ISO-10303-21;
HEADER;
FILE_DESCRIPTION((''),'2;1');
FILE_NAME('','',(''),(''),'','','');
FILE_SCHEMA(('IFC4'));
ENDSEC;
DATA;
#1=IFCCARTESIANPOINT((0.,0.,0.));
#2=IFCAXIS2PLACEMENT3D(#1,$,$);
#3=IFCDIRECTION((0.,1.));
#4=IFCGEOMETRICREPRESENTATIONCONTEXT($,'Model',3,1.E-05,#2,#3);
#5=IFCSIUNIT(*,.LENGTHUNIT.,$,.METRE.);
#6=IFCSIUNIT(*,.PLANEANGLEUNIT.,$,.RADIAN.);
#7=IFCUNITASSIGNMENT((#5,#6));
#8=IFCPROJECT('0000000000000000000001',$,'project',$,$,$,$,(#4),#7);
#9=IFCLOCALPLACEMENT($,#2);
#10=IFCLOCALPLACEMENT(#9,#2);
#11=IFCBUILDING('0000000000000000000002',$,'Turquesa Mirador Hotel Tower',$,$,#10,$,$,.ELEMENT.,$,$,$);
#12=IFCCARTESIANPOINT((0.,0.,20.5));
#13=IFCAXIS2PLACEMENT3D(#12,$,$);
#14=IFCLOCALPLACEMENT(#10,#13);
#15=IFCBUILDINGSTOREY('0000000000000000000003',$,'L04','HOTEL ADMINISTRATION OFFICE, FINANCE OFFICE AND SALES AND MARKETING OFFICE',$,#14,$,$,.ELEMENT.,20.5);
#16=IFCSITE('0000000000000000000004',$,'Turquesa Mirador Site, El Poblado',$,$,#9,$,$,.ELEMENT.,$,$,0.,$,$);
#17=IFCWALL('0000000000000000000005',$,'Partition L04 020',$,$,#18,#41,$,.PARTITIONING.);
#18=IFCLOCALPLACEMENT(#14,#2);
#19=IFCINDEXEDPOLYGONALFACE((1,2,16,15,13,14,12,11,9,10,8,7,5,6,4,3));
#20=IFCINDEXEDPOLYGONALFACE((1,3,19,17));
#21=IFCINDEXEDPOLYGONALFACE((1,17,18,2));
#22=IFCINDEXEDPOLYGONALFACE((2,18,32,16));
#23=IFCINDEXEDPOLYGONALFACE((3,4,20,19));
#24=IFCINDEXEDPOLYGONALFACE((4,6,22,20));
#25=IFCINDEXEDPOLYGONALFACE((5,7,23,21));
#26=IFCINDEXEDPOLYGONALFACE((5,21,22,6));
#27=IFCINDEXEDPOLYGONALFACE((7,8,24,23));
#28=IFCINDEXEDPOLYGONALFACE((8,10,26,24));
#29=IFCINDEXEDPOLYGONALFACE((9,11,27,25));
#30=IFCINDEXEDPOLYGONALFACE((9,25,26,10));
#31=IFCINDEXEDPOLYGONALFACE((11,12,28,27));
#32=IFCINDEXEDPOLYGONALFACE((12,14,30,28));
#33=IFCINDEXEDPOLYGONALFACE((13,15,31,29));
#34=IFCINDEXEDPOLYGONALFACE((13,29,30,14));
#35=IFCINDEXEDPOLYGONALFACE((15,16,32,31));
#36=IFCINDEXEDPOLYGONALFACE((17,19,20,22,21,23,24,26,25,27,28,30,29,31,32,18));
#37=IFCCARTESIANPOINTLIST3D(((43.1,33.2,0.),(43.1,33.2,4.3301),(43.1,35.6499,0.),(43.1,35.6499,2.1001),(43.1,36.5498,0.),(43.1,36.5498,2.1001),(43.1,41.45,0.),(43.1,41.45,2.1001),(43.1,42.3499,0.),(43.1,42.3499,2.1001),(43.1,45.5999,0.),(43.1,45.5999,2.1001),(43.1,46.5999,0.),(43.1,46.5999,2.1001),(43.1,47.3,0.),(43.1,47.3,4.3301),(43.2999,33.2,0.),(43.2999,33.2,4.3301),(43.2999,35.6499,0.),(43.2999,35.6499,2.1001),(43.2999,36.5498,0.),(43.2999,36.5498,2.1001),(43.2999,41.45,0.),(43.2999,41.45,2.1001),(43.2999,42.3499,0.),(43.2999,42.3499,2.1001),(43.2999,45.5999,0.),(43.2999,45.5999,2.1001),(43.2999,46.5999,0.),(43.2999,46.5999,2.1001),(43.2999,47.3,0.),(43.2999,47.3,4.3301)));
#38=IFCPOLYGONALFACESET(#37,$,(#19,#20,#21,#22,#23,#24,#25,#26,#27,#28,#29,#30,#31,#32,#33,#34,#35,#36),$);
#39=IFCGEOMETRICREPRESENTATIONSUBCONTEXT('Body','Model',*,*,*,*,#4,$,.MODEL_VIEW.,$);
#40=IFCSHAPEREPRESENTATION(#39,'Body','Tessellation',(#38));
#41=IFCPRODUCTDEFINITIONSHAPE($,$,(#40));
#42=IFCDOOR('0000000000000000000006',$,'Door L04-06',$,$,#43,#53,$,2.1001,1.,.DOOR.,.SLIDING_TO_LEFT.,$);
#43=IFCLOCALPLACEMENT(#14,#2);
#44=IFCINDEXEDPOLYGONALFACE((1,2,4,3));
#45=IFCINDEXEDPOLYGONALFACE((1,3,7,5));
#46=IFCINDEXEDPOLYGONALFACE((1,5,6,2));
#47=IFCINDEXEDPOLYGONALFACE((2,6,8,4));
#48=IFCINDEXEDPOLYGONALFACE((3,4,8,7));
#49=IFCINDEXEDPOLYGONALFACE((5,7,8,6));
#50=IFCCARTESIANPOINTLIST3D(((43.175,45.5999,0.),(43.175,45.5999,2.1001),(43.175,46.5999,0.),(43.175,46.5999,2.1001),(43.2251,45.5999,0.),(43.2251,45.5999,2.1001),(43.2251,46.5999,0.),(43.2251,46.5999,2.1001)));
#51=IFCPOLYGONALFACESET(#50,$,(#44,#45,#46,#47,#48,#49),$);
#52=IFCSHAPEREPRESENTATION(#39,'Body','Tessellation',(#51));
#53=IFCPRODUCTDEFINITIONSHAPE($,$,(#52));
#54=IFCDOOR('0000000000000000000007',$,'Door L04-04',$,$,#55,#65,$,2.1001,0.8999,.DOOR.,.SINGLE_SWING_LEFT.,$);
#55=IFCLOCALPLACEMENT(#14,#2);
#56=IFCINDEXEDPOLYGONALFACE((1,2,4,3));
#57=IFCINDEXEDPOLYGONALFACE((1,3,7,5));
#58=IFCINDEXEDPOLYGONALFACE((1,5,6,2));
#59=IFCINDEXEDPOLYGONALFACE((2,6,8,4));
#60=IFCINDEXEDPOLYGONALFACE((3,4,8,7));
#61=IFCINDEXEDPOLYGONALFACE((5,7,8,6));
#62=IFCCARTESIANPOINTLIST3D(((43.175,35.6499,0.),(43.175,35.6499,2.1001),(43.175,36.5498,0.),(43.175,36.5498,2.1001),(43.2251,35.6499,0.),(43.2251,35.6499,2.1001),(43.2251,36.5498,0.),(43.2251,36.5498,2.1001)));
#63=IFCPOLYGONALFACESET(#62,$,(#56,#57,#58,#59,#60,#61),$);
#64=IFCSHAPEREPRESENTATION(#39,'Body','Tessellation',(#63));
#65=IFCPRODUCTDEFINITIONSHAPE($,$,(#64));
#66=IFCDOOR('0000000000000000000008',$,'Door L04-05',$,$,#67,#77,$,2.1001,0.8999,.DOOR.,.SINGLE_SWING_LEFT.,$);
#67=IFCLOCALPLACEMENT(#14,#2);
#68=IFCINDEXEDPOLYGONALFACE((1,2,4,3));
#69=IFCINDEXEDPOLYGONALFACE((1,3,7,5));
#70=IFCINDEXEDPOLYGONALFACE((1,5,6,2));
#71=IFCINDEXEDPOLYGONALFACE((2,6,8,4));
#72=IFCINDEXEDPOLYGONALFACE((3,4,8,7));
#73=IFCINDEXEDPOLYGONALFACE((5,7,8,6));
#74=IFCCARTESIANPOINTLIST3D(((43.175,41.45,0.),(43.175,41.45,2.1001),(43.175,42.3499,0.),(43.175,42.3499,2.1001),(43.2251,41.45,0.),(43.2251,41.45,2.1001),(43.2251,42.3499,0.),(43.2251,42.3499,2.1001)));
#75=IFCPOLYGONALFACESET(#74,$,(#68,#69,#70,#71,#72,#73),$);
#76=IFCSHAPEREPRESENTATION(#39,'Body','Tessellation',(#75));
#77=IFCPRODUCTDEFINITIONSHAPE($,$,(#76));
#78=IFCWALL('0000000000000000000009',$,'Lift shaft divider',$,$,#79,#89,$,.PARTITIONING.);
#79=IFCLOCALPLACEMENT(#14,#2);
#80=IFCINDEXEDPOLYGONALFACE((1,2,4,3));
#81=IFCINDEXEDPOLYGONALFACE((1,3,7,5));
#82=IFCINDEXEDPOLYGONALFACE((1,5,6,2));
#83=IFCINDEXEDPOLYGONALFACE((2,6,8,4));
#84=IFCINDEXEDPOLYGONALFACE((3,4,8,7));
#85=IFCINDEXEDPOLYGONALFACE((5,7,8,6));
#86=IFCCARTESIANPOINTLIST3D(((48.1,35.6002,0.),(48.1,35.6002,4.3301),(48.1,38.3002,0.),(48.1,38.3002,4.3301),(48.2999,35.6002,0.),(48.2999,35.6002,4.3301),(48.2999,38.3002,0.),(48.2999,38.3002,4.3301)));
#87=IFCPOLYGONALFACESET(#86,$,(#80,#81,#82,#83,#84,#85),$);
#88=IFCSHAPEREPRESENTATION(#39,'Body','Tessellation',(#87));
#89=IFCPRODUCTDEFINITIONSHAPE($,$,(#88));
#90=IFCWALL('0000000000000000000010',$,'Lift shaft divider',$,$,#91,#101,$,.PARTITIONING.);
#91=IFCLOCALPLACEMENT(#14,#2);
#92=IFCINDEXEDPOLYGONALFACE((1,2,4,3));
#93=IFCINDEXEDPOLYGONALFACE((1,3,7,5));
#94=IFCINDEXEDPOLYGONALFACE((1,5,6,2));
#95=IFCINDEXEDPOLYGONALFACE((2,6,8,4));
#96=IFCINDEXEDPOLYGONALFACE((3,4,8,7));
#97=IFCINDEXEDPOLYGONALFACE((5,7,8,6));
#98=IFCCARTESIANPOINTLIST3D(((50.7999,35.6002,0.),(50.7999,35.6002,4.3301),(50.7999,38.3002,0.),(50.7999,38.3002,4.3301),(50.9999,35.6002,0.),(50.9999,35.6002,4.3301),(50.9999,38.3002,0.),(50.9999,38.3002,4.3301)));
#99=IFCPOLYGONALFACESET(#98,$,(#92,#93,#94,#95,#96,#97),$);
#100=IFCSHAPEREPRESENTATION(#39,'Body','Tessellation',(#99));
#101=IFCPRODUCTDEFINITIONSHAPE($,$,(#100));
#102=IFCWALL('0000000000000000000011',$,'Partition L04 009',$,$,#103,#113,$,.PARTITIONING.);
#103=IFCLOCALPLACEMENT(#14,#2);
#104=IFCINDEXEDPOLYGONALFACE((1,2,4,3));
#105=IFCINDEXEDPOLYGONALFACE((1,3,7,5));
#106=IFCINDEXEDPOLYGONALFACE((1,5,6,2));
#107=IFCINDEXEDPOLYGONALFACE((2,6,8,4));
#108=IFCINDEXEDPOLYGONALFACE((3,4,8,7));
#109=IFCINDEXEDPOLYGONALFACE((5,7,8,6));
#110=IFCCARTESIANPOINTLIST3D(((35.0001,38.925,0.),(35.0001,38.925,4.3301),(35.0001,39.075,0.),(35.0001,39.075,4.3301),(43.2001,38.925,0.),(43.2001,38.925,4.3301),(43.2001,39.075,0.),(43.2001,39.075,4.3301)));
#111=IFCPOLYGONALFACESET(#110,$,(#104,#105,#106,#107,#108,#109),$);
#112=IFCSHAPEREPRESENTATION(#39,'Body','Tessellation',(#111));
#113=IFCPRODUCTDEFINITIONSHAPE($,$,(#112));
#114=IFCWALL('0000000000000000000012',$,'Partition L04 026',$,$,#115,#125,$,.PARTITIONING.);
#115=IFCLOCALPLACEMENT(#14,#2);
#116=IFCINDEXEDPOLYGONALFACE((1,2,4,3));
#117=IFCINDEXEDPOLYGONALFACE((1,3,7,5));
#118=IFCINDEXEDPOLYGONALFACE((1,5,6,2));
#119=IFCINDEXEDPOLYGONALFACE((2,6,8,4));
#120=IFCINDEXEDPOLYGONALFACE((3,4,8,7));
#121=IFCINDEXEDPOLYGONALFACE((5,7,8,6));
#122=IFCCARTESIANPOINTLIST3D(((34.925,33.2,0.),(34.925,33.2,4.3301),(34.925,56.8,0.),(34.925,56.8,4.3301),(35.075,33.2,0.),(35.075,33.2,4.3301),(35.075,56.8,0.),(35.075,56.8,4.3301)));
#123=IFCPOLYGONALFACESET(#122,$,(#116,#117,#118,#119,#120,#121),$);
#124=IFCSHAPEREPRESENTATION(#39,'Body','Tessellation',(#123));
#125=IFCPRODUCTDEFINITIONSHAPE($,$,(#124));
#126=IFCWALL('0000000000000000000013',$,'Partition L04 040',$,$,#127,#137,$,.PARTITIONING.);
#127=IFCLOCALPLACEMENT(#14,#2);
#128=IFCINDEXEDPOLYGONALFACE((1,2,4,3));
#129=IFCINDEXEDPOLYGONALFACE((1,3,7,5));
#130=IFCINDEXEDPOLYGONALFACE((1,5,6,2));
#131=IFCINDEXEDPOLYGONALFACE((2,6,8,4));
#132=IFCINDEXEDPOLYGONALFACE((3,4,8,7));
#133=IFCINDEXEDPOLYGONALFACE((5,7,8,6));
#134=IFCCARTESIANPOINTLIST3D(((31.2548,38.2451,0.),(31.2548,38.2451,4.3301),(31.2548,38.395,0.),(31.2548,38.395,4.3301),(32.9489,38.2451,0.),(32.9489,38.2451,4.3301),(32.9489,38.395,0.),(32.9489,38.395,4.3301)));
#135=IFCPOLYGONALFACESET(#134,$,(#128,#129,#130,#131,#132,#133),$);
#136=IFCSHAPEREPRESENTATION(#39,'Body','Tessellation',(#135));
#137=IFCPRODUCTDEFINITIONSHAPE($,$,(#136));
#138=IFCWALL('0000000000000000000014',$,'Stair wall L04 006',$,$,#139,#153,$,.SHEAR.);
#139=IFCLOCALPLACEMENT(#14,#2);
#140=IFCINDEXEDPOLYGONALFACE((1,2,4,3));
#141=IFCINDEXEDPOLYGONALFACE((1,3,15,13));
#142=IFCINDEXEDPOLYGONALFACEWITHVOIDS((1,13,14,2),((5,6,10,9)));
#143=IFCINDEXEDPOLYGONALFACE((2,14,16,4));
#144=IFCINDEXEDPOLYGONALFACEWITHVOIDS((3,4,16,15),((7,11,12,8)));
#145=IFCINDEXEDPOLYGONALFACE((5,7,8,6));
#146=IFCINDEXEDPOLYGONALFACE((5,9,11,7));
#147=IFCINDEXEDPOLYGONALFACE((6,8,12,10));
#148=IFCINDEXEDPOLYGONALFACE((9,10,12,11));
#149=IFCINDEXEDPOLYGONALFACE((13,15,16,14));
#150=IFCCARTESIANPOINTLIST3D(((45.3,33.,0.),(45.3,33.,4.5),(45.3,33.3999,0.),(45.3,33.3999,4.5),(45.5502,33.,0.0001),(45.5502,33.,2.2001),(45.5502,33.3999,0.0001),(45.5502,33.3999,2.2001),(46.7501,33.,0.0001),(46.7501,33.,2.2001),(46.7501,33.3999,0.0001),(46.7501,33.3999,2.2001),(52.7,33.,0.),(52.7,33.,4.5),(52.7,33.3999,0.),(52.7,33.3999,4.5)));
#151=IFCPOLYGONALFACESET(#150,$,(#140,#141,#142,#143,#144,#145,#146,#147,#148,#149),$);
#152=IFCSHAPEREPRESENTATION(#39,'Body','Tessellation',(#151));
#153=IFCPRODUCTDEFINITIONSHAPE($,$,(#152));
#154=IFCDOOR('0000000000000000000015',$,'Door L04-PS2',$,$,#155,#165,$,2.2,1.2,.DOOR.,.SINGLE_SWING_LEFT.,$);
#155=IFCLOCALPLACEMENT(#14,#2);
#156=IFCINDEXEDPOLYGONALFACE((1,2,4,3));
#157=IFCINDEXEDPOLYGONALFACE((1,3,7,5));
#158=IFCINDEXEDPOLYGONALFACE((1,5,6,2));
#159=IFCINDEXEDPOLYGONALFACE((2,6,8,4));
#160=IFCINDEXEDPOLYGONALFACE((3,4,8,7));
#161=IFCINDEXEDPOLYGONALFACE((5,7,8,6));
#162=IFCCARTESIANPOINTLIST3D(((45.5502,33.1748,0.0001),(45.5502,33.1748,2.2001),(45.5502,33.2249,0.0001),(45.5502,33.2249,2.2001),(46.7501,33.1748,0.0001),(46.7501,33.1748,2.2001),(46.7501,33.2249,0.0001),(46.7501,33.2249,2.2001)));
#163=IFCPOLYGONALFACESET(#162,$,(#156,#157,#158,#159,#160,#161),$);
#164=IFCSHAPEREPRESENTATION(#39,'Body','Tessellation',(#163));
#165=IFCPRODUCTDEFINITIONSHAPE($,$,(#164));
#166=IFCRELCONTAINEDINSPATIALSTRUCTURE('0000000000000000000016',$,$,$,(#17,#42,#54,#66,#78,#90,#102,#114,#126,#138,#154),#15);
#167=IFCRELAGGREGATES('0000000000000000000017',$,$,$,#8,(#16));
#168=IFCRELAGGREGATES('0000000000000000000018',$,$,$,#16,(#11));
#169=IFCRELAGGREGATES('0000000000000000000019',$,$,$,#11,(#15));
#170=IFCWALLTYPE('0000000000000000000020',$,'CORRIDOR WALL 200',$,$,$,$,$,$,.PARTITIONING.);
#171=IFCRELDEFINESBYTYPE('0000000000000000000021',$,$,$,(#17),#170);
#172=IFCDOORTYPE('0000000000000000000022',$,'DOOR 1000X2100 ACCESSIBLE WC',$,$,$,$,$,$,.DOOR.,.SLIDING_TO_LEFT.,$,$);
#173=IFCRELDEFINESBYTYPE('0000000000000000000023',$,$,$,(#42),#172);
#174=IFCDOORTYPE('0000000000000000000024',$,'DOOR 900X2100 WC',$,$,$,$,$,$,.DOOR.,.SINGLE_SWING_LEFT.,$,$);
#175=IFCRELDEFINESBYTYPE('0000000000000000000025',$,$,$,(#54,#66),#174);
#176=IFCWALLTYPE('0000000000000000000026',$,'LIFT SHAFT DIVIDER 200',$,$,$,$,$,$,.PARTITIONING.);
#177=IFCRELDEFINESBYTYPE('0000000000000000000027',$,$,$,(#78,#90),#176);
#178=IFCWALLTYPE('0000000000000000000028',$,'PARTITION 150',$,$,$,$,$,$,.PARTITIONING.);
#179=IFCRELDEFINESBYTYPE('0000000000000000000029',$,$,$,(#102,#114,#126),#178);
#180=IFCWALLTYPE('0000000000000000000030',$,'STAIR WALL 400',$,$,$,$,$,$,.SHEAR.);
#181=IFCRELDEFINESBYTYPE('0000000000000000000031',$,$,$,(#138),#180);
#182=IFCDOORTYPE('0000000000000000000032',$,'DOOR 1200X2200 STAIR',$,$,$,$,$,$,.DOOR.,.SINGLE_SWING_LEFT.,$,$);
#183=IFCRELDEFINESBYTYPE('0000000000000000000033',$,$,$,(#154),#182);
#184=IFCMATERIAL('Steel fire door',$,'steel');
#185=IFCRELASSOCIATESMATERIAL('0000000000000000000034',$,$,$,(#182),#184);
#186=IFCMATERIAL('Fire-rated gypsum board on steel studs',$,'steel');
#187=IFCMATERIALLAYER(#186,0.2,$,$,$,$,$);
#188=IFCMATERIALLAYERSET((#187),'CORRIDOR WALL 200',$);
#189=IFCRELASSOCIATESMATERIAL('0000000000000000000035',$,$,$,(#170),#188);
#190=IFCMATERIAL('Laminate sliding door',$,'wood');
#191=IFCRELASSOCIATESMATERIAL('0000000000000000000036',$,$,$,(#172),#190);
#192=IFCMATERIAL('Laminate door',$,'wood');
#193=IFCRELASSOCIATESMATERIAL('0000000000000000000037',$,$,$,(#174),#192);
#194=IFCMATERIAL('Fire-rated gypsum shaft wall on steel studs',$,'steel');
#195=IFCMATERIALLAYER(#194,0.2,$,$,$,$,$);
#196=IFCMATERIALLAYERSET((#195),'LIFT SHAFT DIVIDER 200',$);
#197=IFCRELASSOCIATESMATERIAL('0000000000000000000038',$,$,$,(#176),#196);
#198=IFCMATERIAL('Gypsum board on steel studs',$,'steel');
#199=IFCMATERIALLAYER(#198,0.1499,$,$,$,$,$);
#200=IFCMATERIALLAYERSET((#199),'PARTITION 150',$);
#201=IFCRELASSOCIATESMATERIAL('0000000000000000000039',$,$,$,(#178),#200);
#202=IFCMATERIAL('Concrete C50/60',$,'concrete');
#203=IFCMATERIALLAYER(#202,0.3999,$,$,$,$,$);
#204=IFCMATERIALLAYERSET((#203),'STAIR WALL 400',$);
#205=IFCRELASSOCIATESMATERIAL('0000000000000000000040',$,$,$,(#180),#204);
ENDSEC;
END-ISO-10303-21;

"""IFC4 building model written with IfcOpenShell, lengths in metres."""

from ifc_helpers import new_model, si_unit, direction, frame, frame_2d, origin, place, context, subcontext, project, spatial, rectangle, extrude, material, layer, layer_set, type_object, element, fill, save


model = new_model("IFC4")

# Units and contexts
model_context = context("Model", 3, precision=1e-05, world=origin(), true_north=direction((0.0, 1.0)))
body_context = subcontext(model_context, "Body", "Model", "MODEL_VIEW")
ifc_project = project(units=[si_unit("LENGTHUNIT", "METRE"), si_unit("PLANEANGLEUNIT", "RADIAN")], contexts=[model_context])

# Site, building, storey
site_placement = place(None, origin())
site = spatial("IfcSite", under=ifc_project, at=site_placement, Name="Turquesa Mirador Site, El Poblado", CompositionType="ELEMENT", RefElevation=0.0)
building_placement = place(site_placement, origin())
building = spatial("IfcBuilding", under=site, at=building_placement, Name="Turquesa Mirador Hotel Tower", CompositionType="ELEMENT")
storey_placement = place(building_placement, frame((0.0, 0.0, 20.5)))
storey = spatial("IfcBuildingStorey", under=building, at=storey_placement, Name="L04", Description="HOTEL ADMINISTRATION OFFICE, FINANCE OFFICE AND SALES AND MARKETING OFFICE", CompositionType="ELEMENT", Elevation=20.5)

# Shared definitions
ifc_material_1 = material(Name="Steel fire door", Category="steel")
door_type_1 = type_object("IfcDoorType", Name="DOOR 1200X2200 STAIR", OperationType="SINGLE_SWING_LEFT", PredefinedType="DOOR", material=ifc_material_1)

# Shared definitions
ifc_material_2 = material(Name="Fire-rated gypsum board on steel studs", Category="steel")
ifc_layer_1 = layer(ifc_material_2, 0.2)
ifc_layer_set_1 = layer_set([ifc_layer_1], Name="CORRIDOR WALL 200")
wall_type_1 = type_object("IfcWallType", Name="CORRIDOR WALL 200", PredefinedType="PARTITIONING", material=ifc_layer_set_1)

# Wall, openings, doors
wall_1_placement = place(storey_placement, frame((43.2, 33.2, 0.0), z_axis=(0.0, 0.0, 1.0), x_axis=(0.0, 1.0, 0.0)))
wall_1 = element("IfcWall", 1, at=wall_1_placement, inside=storey, type_object=wall_type_1, Name="Partition L04 020", PredefinedType="PARTITIONING", context=body_context, shape_type="SweptSolid", body=[
    extrude(rectangle(XDim=14.1001, YDim=0.2, at=frame_2d((7.05, 0.0))), origin(), (0.0, 0.0, 1.0), 4.3301),
])
opening_1_placement = place(wall_1_placement, frame((12.3999, 0.0, 0.0)))
opening_1 = element("IfcOpeningElement", 2, at=opening_1_placement, cuts=wall_1, PredefinedType="OPENING", context=body_context, shape_type="SweptSolid", body=[
    extrude(rectangle(XDim=1.0, YDim=2.1001, at=frame_2d((0.5, 1.05))), frame((0.0, 0.1099, 0.0), z_axis=(0.0, -1.0, 0.0), x_axis=(1.0, 0.0, 0.0)), (0.0, 0.0, 1.0), 0.22),
])
opening_2_placement = place(wall_1_placement, frame((2.45, 0.0, 0.0)))
opening_2 = element("IfcOpeningElement", 3, at=opening_2_placement, cuts=wall_1, PredefinedType="OPENING", context=body_context, shape_type="SweptSolid", body=[
    extrude(rectangle(XDim=0.8999, YDim=2.1001, at=frame_2d((0.45, 1.05))), frame((0.0, 0.1099, 0.0), z_axis=(0.0, -1.0, 0.0), x_axis=(1.0, 0.0, 0.0)), (0.0, 0.0, 1.0), 0.22),
])
opening_3_placement = place(wall_1_placement, frame((8.25, 0.0, 0.0)))
opening_3 = element("IfcOpeningElement", 4, at=opening_3_placement, cuts=wall_1, PredefinedType="OPENING", context=body_context, shape_type="SweptSolid", body=[
    extrude(rectangle(XDim=0.8999, YDim=2.1001, at=frame_2d((0.45, 1.05))), frame((0.0, 0.1099, 0.0), z_axis=(0.0, -1.0, 0.0), x_axis=(1.0, 0.0, 0.0)), (0.0, 0.0, 1.0), 0.22),
])
ifc_material_3 = material(Name="Laminate sliding door", Category="wood")
door_type_2 = type_object("IfcDoorType", Name="DOOR 1000X2100 ACCESSIBLE WC", OperationType="SLIDING_TO_LEFT", PredefinedType="DOOR", material=ifc_material_3)
door_1_placement = place(opening_1_placement, origin())
door_1 = element("IfcDoor", 5, at=door_1_placement, inside=storey, type_object=door_type_2, Name="Door L04-06", OperationType="SLIDING_TO_LEFT", OverallHeight=2.1001, OverallWidth=1.0, PredefinedType="DOOR", context=body_context, shape_type="SweptSolid", body=[
    extrude(rectangle(XDim=1.0, YDim=2.1001, at=frame_2d((0.5, 1.05))), frame((0.0, 0.0249, 0.0), z_axis=(0.0, -1.0, 0.0), x_axis=(1.0, 0.0, 0.0)), (0.0, 0.0, 1.0), 0.05),
])
fill(opening_1, door_1)
ifc_material_4 = material(Name="Laminate door", Category="wood")
door_type_3 = type_object("IfcDoorType", Name="DOOR 900X2100 WC", OperationType="SINGLE_SWING_LEFT", PredefinedType="DOOR", material=ifc_material_4)
door_2_placement = place(opening_2_placement, origin())
door_2 = element("IfcDoor", 6, at=door_2_placement, inside=storey, type_object=door_type_3, Name="Door L04-04", OperationType="SINGLE_SWING_LEFT", OverallHeight=2.1001, OverallWidth=0.8999, PredefinedType="DOOR", context=body_context, shape_type="SweptSolid", body=[
    extrude(rectangle(XDim=0.8999, YDim=2.1001, at=frame_2d((0.45, 1.05))), frame((0.0, 0.0249, 0.0), z_axis=(0.0, -1.0, 0.0), x_axis=(1.0, 0.0, 0.0)), (0.0, 0.0, 1.0), 0.05),
])
fill(opening_2, door_2)
door_3_placement = place(opening_3_placement, origin())
door_3 = element("IfcDoor", 7, at=door_3_placement, inside=storey, type_object=door_type_3, Name="Door L04-05", OperationType="SINGLE_SWING_LEFT", OverallHeight=2.1001, OverallWidth=0.8999, PredefinedType="DOOR", context=body_context, shape_type="SweptSolid", body=[
    extrude(rectangle(XDim=0.8999, YDim=2.1001, at=frame_2d((0.45, 1.05))), frame((0.0, 0.0249, 0.0), z_axis=(0.0, -1.0, 0.0), x_axis=(1.0, 0.0, 0.0)), (0.0, 0.0, 1.0), 0.05),
])
fill(opening_3, door_3)

# Walls
ifc_material_5 = material(Name="Fire-rated gypsum shaft wall on steel studs", Category="steel")
ifc_layer_2 = layer(ifc_material_5, 0.2)
ifc_layer_set_2 = layer_set([ifc_layer_2], Name="LIFT SHAFT DIVIDER 200")
wall_type_2 = type_object("IfcWallType", Name="LIFT SHAFT DIVIDER 200", PredefinedType="PARTITIONING", material=ifc_layer_set_2)
for number, where, z_axis, x_axis, name in (
    (8, (48.2, 35.6001, 0.0), (0.0, 0.0, 1.0), (0.0, 1.0, 0.0), "Lift shaft divider"),
    (9, (50.8999, 35.6001, 0.0), (0.0, 0.0, 1.0), (0.0, 1.0, 0.0), "Lift shaft divider"),
):
    element("IfcWall", number, at=place(storey_placement, frame(where, z_axis=z_axis, x_axis=x_axis)), inside=storey, type_object=wall_type_2, Name=name, PredefinedType="PARTITIONING", context=body_context, shape_type="SweptSolid", body=[
        extrude(rectangle(XDim=2.7, YDim=0.2, at=frame_2d((1.3501, 0.0))), origin(), (0.0, 0.0, 1.0), 4.3301),
    ])
ifc_material_6 = material(Name="Gypsum board on steel studs", Category="steel")
ifc_layer_3 = layer(ifc_material_6, 0.1499)
ifc_layer_set_3 = layer_set([ifc_layer_3], Name="PARTITION 150")
wall_type_3 = type_object("IfcWallType", Name="PARTITION 150", PredefinedType="PARTITIONING", material=ifc_layer_set_3)
wall_2_placement = place(storey_placement, frame((35.0, 39.0, 0.0), z_axis=(0.0, 0.0, 1.0), x_axis=(1.0, 0.0, 0.0)))
element("IfcWall", 10, at=wall_2_placement, inside=storey, type_object=wall_type_3, Name="Partition L04 009", PredefinedType="PARTITIONING", context=body_context, shape_type="SweptSolid", body=[
    extrude(rectangle(XDim=8.2, YDim=0.1499, at=frame_2d((4.1001, 0.0))), origin(), (0.0, 0.0, 1.0), 4.3301),
])
wall_3_placement = place(storey_placement, frame((35.0, 33.2, 0.0), z_axis=(0.0, 0.0, 1.0), x_axis=(0.0, 1.0, 0.0)))
element("IfcWall", 11, at=wall_3_placement, inside=storey, type_object=wall_type_3, Name="Partition L04 026", PredefinedType="PARTITIONING", context=body_context, shape_type="SweptSolid", body=[
    extrude(rectangle(XDim=23.6001, YDim=0.1499, at=frame_2d((11.8, 0.0))), origin(), (0.0, 0.0, 1.0), 4.3301),
])
wall_4_placement = place(storey_placement, frame((32.949, 38.3201, 0.0), z_axis=(0.0, 0.0, 1.0), x_axis=(-1.0, 0.0, 0.0)))
element("IfcWall", 12, at=wall_4_placement, inside=storey, type_object=wall_type_3, Name="Partition L04 040", PredefinedType="PARTITIONING", context=body_context, shape_type="SweptSolid", body=[
    extrude(rectangle(XDim=1.6941, YDim=0.1499, at=frame_2d((0.8472, 0.0))), origin(), (0.0, 0.0, 1.0), 4.3301),
])

# Wall, opening, door
ifc_material_7 = material(Name="Concrete C50/60", Category="concrete")
ifc_layer_4 = layer(ifc_material_7, 0.3999)
ifc_layer_set_4 = layer_set([ifc_layer_4], Name="STAIR WALL 400")
wall_type_4 = type_object("IfcWallType", Name="STAIR WALL 400", PredefinedType="SHEAR", material=ifc_layer_set_4)
wall_5_placement = place(storey_placement, frame((45.3, 33.2, 0.0), z_axis=(0.0, 0.0, 1.0), x_axis=(1.0, 0.0, 0.0)))
wall_5 = element("IfcWall", 13, at=wall_5_placement, inside=storey, type_object=wall_type_4, Name="Stair wall L04 006", PredefinedType="SHEAR", context=body_context, shape_type="SweptSolid", body=[
    extrude(rectangle(XDim=7.3999, YDim=0.3999, at=frame_2d((3.7, 0.0))), origin(), (0.0, 0.0, 1.0), 4.5),
])
opening_4_placement = place(wall_5_placement, frame((0.25, 0.0, 0.0)))
opening_4 = element("IfcOpeningElement", 14, at=opening_4_placement, cuts=wall_5, PredefinedType="OPENING", context=body_context, shape_type="SweptSolid", body=[
    extrude(rectangle(XDim=1.2, YDim=2.2, at=frame_2d((0.6001, 1.1001))), frame((0.0, 0.21, 0.0), z_axis=(0.0, -1.0, 0.0), x_axis=(1.0, 0.0, 0.0)), (0.0, 0.0, 1.0), 0.4199),
])
door_4_placement = place(opening_4_placement, origin())
door_4 = element("IfcDoor", 15, at=door_4_placement, inside=storey, type_object=door_type_1, Name="Door L04-PS2", OperationType="SINGLE_SWING_LEFT", OverallHeight=2.2, OverallWidth=1.2, PredefinedType="DOOR", context=body_context, shape_type="SweptSolid", body=[
    extrude(rectangle(XDim=1.2, YDim=2.2, at=frame_2d((0.6001, 1.1001))), frame((0.0, 0.0249, 0.0), z_axis=(0.0, -1.0, 0.0), x_axis=(1.0, 0.0, 0.0)), (0.0, 0.0, 1.0), 0.05),
])
fill(opening_4, door_4)

save(model, "model.ifc")
